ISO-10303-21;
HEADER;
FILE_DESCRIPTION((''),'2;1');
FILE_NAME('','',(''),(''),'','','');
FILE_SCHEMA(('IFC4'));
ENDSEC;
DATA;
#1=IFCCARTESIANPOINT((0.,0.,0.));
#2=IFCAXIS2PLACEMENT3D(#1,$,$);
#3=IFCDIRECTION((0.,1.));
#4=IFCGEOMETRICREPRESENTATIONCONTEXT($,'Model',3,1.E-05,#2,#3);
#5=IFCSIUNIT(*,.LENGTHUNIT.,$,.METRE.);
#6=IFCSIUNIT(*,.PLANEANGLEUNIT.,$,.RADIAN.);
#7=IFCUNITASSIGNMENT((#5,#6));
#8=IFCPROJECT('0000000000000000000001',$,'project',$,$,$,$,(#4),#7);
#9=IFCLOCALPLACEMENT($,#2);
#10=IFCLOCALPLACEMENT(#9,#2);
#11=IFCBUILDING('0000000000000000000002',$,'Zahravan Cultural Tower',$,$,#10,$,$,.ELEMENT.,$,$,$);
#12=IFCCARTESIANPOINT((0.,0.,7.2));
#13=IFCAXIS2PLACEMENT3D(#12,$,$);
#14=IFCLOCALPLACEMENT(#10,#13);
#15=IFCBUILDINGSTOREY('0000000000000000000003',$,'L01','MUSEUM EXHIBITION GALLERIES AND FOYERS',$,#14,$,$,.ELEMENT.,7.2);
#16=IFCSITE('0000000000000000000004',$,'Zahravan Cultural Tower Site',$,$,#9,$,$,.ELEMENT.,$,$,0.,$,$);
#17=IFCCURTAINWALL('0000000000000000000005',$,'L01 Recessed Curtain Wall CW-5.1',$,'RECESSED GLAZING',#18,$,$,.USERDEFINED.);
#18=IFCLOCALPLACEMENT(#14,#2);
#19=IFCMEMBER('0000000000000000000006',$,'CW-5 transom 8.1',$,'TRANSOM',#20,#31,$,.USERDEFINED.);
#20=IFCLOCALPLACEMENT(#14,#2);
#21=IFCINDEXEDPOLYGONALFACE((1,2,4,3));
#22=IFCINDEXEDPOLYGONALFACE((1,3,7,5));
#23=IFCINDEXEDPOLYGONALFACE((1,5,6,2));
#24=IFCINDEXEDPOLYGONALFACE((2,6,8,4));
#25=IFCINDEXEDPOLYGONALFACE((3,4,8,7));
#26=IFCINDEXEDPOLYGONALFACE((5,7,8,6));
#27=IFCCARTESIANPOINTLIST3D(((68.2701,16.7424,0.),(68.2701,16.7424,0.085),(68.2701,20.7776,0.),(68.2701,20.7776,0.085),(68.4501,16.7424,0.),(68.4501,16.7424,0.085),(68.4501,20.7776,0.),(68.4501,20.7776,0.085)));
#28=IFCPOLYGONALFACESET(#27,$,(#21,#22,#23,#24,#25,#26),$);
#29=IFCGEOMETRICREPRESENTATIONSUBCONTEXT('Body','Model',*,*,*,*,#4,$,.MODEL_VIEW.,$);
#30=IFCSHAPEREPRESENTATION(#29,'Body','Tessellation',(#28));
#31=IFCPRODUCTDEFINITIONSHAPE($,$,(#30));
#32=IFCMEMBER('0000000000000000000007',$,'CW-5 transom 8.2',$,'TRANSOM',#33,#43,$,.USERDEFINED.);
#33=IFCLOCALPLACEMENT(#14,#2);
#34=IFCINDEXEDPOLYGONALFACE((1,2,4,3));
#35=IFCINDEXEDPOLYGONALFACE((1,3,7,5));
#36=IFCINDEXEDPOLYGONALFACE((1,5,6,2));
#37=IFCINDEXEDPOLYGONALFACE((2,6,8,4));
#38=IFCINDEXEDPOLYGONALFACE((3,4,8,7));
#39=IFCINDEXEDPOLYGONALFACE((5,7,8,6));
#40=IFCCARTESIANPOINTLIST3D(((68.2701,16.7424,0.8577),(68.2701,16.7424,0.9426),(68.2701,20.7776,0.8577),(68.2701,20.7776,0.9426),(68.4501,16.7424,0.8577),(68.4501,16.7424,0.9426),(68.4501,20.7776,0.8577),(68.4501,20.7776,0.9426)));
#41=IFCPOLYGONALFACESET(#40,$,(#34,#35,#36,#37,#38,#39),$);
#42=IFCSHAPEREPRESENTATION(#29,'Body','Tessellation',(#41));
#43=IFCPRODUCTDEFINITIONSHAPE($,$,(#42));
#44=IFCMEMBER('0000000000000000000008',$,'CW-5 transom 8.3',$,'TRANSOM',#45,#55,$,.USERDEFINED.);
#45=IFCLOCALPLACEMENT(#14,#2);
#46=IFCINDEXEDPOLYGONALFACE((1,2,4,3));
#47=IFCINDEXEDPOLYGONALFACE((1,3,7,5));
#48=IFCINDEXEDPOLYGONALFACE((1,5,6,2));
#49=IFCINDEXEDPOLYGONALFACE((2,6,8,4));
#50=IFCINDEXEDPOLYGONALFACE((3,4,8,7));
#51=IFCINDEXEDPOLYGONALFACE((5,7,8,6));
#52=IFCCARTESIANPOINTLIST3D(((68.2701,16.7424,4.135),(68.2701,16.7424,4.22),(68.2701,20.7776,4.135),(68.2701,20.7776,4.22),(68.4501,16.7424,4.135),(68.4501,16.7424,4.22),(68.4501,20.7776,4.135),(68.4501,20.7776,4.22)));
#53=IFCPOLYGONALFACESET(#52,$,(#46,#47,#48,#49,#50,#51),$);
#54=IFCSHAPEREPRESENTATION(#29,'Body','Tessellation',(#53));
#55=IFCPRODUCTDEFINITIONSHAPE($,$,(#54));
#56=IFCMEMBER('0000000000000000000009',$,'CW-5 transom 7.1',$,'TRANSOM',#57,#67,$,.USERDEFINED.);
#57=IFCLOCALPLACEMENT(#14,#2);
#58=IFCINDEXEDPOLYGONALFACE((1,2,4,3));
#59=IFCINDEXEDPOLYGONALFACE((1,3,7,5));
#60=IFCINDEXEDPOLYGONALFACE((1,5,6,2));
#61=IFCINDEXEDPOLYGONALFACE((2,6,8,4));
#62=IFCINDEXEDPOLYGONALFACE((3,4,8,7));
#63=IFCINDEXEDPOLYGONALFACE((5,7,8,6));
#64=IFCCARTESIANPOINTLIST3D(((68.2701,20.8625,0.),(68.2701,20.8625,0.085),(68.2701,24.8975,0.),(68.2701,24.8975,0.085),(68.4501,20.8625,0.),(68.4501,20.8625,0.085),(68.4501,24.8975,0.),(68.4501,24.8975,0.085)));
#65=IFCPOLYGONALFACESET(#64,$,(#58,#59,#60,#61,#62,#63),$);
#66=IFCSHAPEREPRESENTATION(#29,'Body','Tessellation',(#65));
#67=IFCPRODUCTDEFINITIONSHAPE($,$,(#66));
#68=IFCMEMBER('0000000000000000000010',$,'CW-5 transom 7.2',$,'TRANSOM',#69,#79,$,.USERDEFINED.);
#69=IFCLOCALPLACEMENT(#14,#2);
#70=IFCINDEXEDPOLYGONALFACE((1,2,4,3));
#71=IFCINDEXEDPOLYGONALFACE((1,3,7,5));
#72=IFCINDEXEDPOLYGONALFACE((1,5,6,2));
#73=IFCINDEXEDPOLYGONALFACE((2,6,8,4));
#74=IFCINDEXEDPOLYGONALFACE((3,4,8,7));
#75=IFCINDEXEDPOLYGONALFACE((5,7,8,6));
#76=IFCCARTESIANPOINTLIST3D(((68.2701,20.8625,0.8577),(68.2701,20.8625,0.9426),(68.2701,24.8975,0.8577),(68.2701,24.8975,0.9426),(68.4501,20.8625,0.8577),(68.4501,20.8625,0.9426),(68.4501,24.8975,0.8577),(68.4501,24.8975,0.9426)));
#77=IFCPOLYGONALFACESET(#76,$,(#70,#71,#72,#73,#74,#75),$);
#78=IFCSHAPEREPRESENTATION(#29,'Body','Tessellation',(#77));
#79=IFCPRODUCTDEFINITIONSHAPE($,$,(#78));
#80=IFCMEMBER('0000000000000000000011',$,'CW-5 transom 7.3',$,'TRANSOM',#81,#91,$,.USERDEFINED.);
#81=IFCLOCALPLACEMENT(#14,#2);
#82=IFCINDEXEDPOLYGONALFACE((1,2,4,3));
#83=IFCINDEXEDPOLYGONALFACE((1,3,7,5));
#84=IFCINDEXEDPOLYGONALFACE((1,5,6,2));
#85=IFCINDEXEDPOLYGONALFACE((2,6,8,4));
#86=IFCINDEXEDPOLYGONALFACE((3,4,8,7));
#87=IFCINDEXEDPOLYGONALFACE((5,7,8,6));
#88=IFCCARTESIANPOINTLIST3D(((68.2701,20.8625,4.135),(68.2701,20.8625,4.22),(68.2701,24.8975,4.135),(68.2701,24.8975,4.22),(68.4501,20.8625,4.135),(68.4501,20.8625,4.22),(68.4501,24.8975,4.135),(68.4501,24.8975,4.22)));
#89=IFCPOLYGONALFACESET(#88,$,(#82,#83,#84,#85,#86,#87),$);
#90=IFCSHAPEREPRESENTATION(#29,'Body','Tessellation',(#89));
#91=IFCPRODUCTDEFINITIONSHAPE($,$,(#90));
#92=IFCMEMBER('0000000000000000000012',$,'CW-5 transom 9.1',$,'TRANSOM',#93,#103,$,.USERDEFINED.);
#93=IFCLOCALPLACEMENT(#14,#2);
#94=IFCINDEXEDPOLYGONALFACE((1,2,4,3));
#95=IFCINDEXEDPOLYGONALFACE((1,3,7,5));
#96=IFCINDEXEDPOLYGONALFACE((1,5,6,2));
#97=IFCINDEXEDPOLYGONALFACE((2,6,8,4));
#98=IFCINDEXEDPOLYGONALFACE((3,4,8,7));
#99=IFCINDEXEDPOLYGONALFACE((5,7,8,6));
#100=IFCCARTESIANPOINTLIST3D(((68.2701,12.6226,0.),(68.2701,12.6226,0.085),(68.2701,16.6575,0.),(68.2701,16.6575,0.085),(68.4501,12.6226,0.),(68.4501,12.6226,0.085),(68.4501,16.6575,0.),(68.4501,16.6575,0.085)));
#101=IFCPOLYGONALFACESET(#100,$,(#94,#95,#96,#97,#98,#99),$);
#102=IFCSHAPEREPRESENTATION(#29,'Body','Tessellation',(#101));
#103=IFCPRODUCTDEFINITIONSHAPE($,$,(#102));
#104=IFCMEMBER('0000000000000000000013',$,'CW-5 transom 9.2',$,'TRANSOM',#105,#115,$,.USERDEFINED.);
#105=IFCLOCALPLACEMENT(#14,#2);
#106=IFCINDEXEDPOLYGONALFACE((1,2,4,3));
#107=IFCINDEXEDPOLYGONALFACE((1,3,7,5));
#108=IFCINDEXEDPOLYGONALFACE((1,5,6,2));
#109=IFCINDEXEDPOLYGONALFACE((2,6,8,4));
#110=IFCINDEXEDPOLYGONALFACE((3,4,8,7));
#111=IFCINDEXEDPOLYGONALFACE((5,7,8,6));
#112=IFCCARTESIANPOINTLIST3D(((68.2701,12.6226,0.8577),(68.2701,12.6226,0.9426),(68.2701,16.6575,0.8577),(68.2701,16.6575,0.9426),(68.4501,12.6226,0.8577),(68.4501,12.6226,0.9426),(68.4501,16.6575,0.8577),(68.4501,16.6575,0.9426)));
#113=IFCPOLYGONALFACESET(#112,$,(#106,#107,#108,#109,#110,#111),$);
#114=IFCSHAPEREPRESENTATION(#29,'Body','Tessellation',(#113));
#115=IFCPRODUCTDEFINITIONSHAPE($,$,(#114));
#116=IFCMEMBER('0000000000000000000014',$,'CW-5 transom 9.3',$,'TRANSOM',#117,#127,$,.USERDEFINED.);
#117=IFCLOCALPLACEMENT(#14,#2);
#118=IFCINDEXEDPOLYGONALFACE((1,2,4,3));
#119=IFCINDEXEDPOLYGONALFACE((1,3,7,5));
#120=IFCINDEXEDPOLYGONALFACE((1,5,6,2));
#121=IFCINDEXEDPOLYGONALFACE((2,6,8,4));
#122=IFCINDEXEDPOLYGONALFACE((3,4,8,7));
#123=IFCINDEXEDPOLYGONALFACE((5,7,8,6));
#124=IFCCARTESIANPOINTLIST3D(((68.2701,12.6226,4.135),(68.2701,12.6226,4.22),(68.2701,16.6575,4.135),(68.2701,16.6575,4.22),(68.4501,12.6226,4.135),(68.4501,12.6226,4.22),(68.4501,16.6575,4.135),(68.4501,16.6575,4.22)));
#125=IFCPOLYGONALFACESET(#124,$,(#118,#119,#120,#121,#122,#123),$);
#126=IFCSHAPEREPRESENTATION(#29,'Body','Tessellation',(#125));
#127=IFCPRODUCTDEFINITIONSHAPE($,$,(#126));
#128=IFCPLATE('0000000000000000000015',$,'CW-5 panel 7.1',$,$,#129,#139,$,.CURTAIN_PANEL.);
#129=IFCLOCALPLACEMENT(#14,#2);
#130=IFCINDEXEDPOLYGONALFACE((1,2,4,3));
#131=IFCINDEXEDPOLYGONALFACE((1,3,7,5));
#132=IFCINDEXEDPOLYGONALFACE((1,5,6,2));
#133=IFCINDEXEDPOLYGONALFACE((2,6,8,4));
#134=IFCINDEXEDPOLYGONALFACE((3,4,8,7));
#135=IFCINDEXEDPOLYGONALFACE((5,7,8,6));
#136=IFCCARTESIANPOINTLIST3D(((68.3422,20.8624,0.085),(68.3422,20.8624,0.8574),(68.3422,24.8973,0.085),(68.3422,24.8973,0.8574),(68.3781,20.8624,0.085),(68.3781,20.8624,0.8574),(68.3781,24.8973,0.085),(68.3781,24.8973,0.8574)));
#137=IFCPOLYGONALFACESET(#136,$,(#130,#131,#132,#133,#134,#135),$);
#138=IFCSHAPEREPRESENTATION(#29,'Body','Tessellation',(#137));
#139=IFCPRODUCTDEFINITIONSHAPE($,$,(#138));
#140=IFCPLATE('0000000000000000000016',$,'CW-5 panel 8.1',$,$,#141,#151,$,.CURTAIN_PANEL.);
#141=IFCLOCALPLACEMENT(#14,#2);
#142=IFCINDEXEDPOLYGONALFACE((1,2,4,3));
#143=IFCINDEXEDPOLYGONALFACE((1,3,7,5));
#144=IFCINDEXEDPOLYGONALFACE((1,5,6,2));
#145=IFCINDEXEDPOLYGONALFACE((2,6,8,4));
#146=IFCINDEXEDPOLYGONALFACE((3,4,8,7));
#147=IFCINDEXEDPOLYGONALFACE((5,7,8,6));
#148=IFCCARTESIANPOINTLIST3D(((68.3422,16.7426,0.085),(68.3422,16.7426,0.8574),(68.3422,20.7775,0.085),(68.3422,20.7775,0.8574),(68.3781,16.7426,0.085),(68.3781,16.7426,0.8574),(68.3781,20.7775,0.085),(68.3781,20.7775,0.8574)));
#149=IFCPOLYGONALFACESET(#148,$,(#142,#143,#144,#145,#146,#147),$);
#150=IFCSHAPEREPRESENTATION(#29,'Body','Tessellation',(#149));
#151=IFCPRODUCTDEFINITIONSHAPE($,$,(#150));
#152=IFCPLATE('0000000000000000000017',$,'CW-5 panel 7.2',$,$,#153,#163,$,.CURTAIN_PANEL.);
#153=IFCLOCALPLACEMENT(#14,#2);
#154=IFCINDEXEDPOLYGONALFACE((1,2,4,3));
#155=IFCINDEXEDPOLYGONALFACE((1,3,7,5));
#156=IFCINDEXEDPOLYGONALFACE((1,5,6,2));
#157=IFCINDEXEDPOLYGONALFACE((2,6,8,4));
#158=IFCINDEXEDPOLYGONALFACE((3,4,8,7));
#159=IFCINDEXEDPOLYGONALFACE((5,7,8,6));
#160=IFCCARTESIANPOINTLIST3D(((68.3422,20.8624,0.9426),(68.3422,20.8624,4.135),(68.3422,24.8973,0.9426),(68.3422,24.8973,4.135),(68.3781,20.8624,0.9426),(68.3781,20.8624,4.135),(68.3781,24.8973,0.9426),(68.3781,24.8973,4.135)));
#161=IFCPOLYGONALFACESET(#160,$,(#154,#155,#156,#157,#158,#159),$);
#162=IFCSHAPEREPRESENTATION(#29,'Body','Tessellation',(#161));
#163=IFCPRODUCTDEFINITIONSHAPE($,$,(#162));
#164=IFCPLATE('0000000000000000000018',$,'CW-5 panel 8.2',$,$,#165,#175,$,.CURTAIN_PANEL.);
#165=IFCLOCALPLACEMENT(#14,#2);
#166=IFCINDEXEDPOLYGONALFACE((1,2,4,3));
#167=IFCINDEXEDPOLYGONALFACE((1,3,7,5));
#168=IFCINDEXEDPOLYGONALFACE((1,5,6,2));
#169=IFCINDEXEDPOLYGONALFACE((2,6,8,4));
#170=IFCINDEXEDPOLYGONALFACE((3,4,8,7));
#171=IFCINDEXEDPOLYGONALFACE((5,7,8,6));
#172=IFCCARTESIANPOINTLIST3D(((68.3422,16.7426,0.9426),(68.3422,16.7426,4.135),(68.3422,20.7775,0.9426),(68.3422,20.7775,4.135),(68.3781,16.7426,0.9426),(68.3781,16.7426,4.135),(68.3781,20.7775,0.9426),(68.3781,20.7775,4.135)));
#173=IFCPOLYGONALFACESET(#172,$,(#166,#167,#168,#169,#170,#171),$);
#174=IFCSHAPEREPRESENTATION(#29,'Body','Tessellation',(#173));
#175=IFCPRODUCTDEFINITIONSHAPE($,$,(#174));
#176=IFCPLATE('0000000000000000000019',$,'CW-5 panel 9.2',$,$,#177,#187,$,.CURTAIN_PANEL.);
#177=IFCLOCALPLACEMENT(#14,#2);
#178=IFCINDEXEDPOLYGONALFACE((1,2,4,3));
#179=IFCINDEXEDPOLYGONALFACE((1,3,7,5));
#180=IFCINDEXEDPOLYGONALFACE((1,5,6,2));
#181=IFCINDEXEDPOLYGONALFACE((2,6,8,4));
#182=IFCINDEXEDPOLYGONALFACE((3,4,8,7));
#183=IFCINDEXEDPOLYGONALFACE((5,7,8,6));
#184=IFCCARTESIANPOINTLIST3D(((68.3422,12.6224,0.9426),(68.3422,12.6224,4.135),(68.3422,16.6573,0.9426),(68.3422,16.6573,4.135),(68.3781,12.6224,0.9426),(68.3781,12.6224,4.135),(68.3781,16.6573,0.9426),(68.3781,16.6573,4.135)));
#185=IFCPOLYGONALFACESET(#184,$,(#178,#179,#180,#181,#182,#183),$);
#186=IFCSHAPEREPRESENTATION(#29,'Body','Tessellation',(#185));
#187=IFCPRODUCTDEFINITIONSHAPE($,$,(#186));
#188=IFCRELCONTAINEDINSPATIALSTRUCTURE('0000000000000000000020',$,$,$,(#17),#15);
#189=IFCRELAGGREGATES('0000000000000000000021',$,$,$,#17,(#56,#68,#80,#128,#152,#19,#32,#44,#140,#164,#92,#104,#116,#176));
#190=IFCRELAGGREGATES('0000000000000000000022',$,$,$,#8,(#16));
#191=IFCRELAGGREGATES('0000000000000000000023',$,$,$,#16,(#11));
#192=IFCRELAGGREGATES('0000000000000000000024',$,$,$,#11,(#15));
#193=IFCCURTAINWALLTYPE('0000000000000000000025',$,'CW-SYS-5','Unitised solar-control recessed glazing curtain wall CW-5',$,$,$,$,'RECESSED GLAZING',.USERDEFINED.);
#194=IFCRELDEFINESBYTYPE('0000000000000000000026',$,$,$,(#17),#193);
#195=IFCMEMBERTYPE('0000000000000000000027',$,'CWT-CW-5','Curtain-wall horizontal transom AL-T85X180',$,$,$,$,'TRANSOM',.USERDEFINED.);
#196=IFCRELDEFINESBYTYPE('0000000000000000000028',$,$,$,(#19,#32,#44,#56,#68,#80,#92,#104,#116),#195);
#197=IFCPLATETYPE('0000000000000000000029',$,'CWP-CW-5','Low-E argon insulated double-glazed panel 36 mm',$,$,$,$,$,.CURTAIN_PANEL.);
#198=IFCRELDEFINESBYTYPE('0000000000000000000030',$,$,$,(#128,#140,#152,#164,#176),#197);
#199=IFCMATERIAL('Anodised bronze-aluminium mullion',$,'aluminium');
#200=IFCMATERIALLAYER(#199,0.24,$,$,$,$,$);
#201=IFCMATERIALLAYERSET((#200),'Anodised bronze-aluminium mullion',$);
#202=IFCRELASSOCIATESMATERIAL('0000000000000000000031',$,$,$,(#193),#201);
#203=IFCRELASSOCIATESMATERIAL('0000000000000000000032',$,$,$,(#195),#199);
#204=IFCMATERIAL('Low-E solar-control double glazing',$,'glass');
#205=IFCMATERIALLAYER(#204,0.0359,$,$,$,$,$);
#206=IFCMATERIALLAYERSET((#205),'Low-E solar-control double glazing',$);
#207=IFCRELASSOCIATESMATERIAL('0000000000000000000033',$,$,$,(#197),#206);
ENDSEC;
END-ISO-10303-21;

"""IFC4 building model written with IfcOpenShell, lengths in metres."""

from ifc_helpers import new_model, si_unit, direction, frame, origin, origin_2d, place, context, subcontext, project, spatial, rectangle, extrude, source, transform, mapped, material, layer, layer_set, material_profile, profile_set, type_object, element, aggregate, save


model = new_model("IFC4")

# Units and contexts
model_context = context("Model", 3, precision=1e-05, world=origin(), true_north=direction((0.0, 1.0)))
body_context = subcontext(model_context, "Body", "Model", "MODEL_VIEW")
ifc_project = project(units=[si_unit("LENGTHUNIT", "METRE"), si_unit("PLANEANGLEUNIT", "RADIAN")], contexts=[model_context])

# Site, building, storey
site_placement = place(None, origin())
site = spatial("IfcSite", under=ifc_project, at=site_placement, Name="Zahravan Cultural Tower Site", CompositionType="ELEMENT", RefElevation=0.0)
building_placement = place(site_placement, origin())
building = spatial("IfcBuilding", under=site, at=building_placement, Name="Zahravan Cultural Tower", CompositionType="ELEMENT")
storey_placement = place(building_placement, frame((0.0, 0.0, 7.2)))
storey = spatial("IfcBuildingStorey", under=building, at=storey_placement, Name="L01", Description="MUSEUM EXHIBITION GALLERIES AND FOYERS", CompositionType="ELEMENT", Elevation=7.2)

# Curtain wall, members, plates
ifc_material_1 = material(Name="Anodised bronze-aluminium mullion", Category="aluminium")
ifc_layer_1 = layer(ifc_material_1, 0.24)
ifc_layer_set_1 = layer_set([ifc_layer_1], Name="Anodised bronze-aluminium mullion")
curtain_wall_type = type_object("IfcCurtainWallType", Name="CW-SYS-5", Description="Unitised solar-control recessed glazing curtain wall CW-5", ElementType="RECESSED GLAZING", PredefinedType="USERDEFINED", material=ifc_layer_set_1)
curtain_wall_placement = place(storey_placement, origin())
curtain_wall = element("IfcCurtainWall", 1, at=curtain_wall_placement, inside=storey, type_object=curtain_wall_type, Name="L01 Recessed Curtain Wall CW-5.1", ObjectType="RECESSED GLAZING", PredefinedType="USERDEFINED")
ifc_material_profile_1 = material_profile(ifc_material_1, rectangle(XDim=0.1799, YDim=0.085, at=origin_2d()), Name="AL-T85X180")
ifc_profile_set_1 = profile_set([ifc_material_profile_1], Name="Anodised bronze-aluminium mullion")
member_type_1 = type_object("IfcMemberType", Name="CWT-CW-5", Description="Curtain-wall horizontal transom AL-T85X180", ElementType="TRANSOM", PredefinedType="USERDEFINED", material=ifc_profile_set_1)
shared_shape_1 = source(origin(), body_context, "Body", "SweptSolid", [
    extrude(rectangle(XDim=0.1799, YDim=0.085, at=origin_2d()), origin(), (0.0, 0.0, 1.0), 4.0352),
])
member_1_placement = place(storey_placement, frame((68.3601, 20.7776, 0.0425), z_axis=(0.0, -1.0, 0.0), x_axis=(1.0, 0.0, 0.0)))
member_1 = element("IfcMember", 2, at=member_1_placement, type_object=member_type_1, Name="CW-5 transom 8.1", ObjectType="TRANSOM", PredefinedType="USERDEFINED", context=body_context, shape_type="MappedRepresentation", body=[
    mapped(shared_shape_1, transform((0.0, 0.0, 0.0), x_axis=(1.0, 0.0, 0.0), y_axis=(0.0, 1.0, 0.0), z_axis=(0.0, 0.0, 1.0), scale=1.0)),
])
member_2_placement = place(storey_placement, frame((68.3601, 20.7776, 0.9001), z_axis=(0.0, -1.0, 0.0), x_axis=(1.0, 0.0, 0.0)))
member_2 = element("IfcMember", 3, at=member_2_placement, type_object=member_type_1, Name="CW-5 transom 8.2", ObjectType="TRANSOM", PredefinedType="USERDEFINED", context=body_context, shape_type="MappedRepresentation", body=[
    mapped(shared_shape_1, transform((0.0, 0.0, 0.0), x_axis=(1.0, 0.0, 0.0), y_axis=(0.0, 1.0, 0.0), z_axis=(0.0, 0.0, 1.0), scale=1.0)),
])
member_3_placement = place(storey_placement, frame((68.3601, 20.7776, 4.1775), z_axis=(0.0, -1.0, 0.0), x_axis=(1.0, 0.0, 0.0)))
member_3 = element("IfcMember", 4, at=member_3_placement, type_object=member_type_1, Name="CW-5 transom 8.3", ObjectType="TRANSOM", PredefinedType="USERDEFINED", context=body_context, shape_type="MappedRepresentation", body=[
    mapped(shared_shape_1, transform((0.0, 0.0, 0.0), x_axis=(1.0, 0.0, 0.0), y_axis=(0.0, 1.0, 0.0), z_axis=(0.0, 0.0, 1.0), scale=1.0)),
])
shared_shape_2 = source(origin(), body_context, "Body", "SweptSolid", [
    extrude(rectangle(XDim=0.1799, YDim=0.085, at=origin_2d()), origin(), (0.0, 0.0, 1.0), 4.0349),
])
member_4_placement = place(storey_placement, frame((68.3601, 24.8975, 0.0425), z_axis=(0.0, -1.0, 0.0), x_axis=(1.0, 0.0, 0.0)))
member_4 = element("IfcMember", 5, at=member_4_placement, type_object=member_type_1, Name="CW-5 transom 7.1", ObjectType="TRANSOM", PredefinedType="USERDEFINED", context=body_context, shape_type="MappedRepresentation", body=[
    mapped(shared_shape_2, transform((0.0, 0.0, 0.0), x_axis=(1.0, 0.0, 0.0), y_axis=(0.0, 1.0, 0.0), z_axis=(0.0, 0.0, 1.0), scale=1.0)),
])
member_5_placement = place(storey_placement, frame((68.3601, 24.8975, 0.9001), z_axis=(0.0, -1.0, 0.0), x_axis=(1.0, 0.0, 0.0)))
member_5 = element("IfcMember", 6, at=member_5_placement, type_object=member_type_1, Name="CW-5 transom 7.2", ObjectType="TRANSOM", PredefinedType="USERDEFINED", context=body_context, shape_type="MappedRepresentation", body=[
    mapped(shared_shape_2, transform((0.0, 0.0, 0.0), x_axis=(1.0, 0.0, 0.0), y_axis=(0.0, 1.0, 0.0), z_axis=(0.0, 0.0, 1.0), scale=1.0)),
])
member_6_placement = place(storey_placement, frame((68.3601, 24.8975, 4.1775), z_axis=(0.0, -1.0, 0.0), x_axis=(1.0, 0.0, 0.0)))
member_6 = element("IfcMember", 7, at=member_6_placement, type_object=member_type_1, Name="CW-5 transom 7.3", ObjectType="TRANSOM", PredefinedType="USERDEFINED", context=body_context, shape_type="MappedRepresentation", body=[
    mapped(shared_shape_2, transform((0.0, 0.0, 0.0), x_axis=(1.0, 0.0, 0.0), y_axis=(0.0, 1.0, 0.0), z_axis=(0.0, 0.0, 1.0), scale=1.0)),
])
member_7_placement = place(storey_placement, frame((68.3601, 16.6575, 0.0425), z_axis=(0.0, -1.0, 0.0), x_axis=(1.0, 0.0, 0.0)))
member_7 = element("IfcMember", 8, at=member_7_placement, type_object=member_type_1, Name="CW-5 transom 9.1", ObjectType="TRANSOM", PredefinedType="USERDEFINED", context=body_context, shape_type="MappedRepresentation", body=[
    mapped(shared_shape_2, transform((0.0, 0.0, 0.0), x_axis=(1.0, 0.0, 0.0), y_axis=(0.0, 1.0, 0.0), z_axis=(0.0, 0.0, 1.0), scale=1.0)),
])
member_8_placement = place(storey_placement, frame((68.3601, 16.6575, 0.9001), z_axis=(0.0, -1.0, 0.0), x_axis=(1.0, 0.0, 0.0)))
member_8 = element("IfcMember", 9, at=member_8_placement, type_object=member_type_1, Name="CW-5 transom 9.2", ObjectType="TRANSOM", PredefinedType="USERDEFINED", context=body_context, shape_type="MappedRepresentation", body=[
    mapped(shared_shape_2, transform((0.0, 0.0, 0.0), x_axis=(1.0, 0.0, 0.0), y_axis=(0.0, 1.0, 0.0), z_axis=(0.0, 0.0, 1.0), scale=1.0)),
])
member_9_placement = place(storey_placement, frame((68.3601, 16.6575, 4.1775), z_axis=(0.0, -1.0, 0.0), x_axis=(1.0, 0.0, 0.0)))
member_9 = element("IfcMember", 10, at=member_9_placement, type_object=member_type_1, Name="CW-5 transom 9.3", ObjectType="TRANSOM", PredefinedType="USERDEFINED", context=body_context, shape_type="MappedRepresentation", body=[
    mapped(shared_shape_2, transform((0.0, 0.0, 0.0), x_axis=(1.0, 0.0, 0.0), y_axis=(0.0, 1.0, 0.0), z_axis=(0.0, 0.0, 1.0), scale=1.0)),
])
ifc_material_2 = material(Name="Low-E solar-control double glazing", Category="glass")
ifc_layer_2 = layer(ifc_material_2, 0.0359)
ifc_layer_set_2 = layer_set([ifc_layer_2], Name="Low-E solar-control double glazing")
plate_type = type_object("IfcPlateType", Name="CWP-CW-5", Description="Low-E argon insulated double-glazed panel 36 mm", PredefinedType="CURTAIN_PANEL", material=ifc_layer_set_2)
shared_shape_3 = source(origin(), body_context, "Body", "SweptSolid", [
    extrude(rectangle(XDim=4.0349, YDim=0.0359, at=origin_2d()), origin(), (0.0, 0.0, 1.0), 0.7725),
])
plate_1_placement = place(storey_placement, frame((68.3601, 22.8799, 0.085), z_axis=(0.0, 0.0, 1.0), x_axis=(0.0, -1.0, 0.0)))
plate_1 = element("IfcPlate", 11, at=plate_1_placement, type_object=plate_type, Name="CW-5 panel 7.1", PredefinedType="CURTAIN_PANEL", context=body_context, shape_type="MappedRepresentation", body=[
    mapped(shared_shape_3, transform((0.0, 0.0, 0.0), x_axis=(1.0, 0.0, 0.0), y_axis=(0.0, 1.0, 0.0), z_axis=(0.0, 0.0, 1.0), scale=1.0)),
])
plate_2_placement = place(storey_placement, frame((68.3601, 18.76, 0.085), z_axis=(0.0, 0.0, 1.0), x_axis=(0.0, -1.0, 0.0)))
plate_2 = element("IfcPlate", 12, at=plate_2_placement, type_object=plate_type, Name="CW-5 panel 8.1", PredefinedType="CURTAIN_PANEL", context=body_context, shape_type="MappedRepresentation", body=[
    mapped(shared_shape_3, transform((0.0, 0.0, 0.0), x_axis=(1.0, 0.0, 0.0), y_axis=(0.0, 1.0, 0.0), z_axis=(0.0, 0.0, 1.0), scale=1.0)),
])
shared_shape_4 = source(origin(), body_context, "Body", "SweptSolid", [
    extrude(rectangle(XDim=4.0349, YDim=0.0359, at=origin_2d()), origin(), (0.0, 0.0, 1.0), 3.1924),
])
plate_3_placement = place(storey_placement, frame((68.3601, 22.8799, 0.9426), z_axis=(0.0, 0.0, 1.0), x_axis=(0.0, -1.0, 0.0)))
plate_3 = element("IfcPlate", 13, at=plate_3_placement, type_object=plate_type, Name="CW-5 panel 7.2", PredefinedType="CURTAIN_PANEL", context=body_context, shape_type="MappedRepresentation", body=[
    mapped(shared_shape_4, transform((0.0, 0.0, 0.0), x_axis=(1.0, 0.0, 0.0), y_axis=(0.0, 1.0, 0.0), z_axis=(0.0, 0.0, 1.0), scale=1.0)),
])
plate_4_placement = place(storey_placement, frame((68.3601, 18.76, 0.9426), z_axis=(0.0, 0.0, 1.0), x_axis=(0.0, -1.0, 0.0)))
plate_4 = element("IfcPlate", 14, at=plate_4_placement, type_object=plate_type, Name="CW-5 panel 8.2", PredefinedType="CURTAIN_PANEL", context=body_context, shape_type="MappedRepresentation", body=[
    mapped(shared_shape_4, transform((0.0, 0.0, 0.0), x_axis=(1.0, 0.0, 0.0), y_axis=(0.0, 1.0, 0.0), z_axis=(0.0, 0.0, 1.0), scale=1.0)),
])
plate_5_placement = place(storey_placement, frame((68.3601, 14.6399, 0.9426), z_axis=(0.0, 0.0, 1.0), x_axis=(0.0, -1.0, 0.0)))
plate_5 = element("IfcPlate", 15, at=plate_5_placement, type_object=plate_type, Name="CW-5 panel 9.2", PredefinedType="CURTAIN_PANEL", context=body_context, shape_type="MappedRepresentation", body=[
    mapped(shared_shape_4, transform((0.0, 0.0, 0.0), x_axis=(1.0, 0.0, 0.0), y_axis=(0.0, 1.0, 0.0), z_axis=(0.0, 0.0, 1.0), scale=1.0)),
])
aggregate(curtain_wall, [member_4, member_5, member_6, plate_1, plate_3, member_1, member_2, member_3, plate_2, plate_4, member_7, member_8, member_9, plate_5])

save(model, "model.ifc")
